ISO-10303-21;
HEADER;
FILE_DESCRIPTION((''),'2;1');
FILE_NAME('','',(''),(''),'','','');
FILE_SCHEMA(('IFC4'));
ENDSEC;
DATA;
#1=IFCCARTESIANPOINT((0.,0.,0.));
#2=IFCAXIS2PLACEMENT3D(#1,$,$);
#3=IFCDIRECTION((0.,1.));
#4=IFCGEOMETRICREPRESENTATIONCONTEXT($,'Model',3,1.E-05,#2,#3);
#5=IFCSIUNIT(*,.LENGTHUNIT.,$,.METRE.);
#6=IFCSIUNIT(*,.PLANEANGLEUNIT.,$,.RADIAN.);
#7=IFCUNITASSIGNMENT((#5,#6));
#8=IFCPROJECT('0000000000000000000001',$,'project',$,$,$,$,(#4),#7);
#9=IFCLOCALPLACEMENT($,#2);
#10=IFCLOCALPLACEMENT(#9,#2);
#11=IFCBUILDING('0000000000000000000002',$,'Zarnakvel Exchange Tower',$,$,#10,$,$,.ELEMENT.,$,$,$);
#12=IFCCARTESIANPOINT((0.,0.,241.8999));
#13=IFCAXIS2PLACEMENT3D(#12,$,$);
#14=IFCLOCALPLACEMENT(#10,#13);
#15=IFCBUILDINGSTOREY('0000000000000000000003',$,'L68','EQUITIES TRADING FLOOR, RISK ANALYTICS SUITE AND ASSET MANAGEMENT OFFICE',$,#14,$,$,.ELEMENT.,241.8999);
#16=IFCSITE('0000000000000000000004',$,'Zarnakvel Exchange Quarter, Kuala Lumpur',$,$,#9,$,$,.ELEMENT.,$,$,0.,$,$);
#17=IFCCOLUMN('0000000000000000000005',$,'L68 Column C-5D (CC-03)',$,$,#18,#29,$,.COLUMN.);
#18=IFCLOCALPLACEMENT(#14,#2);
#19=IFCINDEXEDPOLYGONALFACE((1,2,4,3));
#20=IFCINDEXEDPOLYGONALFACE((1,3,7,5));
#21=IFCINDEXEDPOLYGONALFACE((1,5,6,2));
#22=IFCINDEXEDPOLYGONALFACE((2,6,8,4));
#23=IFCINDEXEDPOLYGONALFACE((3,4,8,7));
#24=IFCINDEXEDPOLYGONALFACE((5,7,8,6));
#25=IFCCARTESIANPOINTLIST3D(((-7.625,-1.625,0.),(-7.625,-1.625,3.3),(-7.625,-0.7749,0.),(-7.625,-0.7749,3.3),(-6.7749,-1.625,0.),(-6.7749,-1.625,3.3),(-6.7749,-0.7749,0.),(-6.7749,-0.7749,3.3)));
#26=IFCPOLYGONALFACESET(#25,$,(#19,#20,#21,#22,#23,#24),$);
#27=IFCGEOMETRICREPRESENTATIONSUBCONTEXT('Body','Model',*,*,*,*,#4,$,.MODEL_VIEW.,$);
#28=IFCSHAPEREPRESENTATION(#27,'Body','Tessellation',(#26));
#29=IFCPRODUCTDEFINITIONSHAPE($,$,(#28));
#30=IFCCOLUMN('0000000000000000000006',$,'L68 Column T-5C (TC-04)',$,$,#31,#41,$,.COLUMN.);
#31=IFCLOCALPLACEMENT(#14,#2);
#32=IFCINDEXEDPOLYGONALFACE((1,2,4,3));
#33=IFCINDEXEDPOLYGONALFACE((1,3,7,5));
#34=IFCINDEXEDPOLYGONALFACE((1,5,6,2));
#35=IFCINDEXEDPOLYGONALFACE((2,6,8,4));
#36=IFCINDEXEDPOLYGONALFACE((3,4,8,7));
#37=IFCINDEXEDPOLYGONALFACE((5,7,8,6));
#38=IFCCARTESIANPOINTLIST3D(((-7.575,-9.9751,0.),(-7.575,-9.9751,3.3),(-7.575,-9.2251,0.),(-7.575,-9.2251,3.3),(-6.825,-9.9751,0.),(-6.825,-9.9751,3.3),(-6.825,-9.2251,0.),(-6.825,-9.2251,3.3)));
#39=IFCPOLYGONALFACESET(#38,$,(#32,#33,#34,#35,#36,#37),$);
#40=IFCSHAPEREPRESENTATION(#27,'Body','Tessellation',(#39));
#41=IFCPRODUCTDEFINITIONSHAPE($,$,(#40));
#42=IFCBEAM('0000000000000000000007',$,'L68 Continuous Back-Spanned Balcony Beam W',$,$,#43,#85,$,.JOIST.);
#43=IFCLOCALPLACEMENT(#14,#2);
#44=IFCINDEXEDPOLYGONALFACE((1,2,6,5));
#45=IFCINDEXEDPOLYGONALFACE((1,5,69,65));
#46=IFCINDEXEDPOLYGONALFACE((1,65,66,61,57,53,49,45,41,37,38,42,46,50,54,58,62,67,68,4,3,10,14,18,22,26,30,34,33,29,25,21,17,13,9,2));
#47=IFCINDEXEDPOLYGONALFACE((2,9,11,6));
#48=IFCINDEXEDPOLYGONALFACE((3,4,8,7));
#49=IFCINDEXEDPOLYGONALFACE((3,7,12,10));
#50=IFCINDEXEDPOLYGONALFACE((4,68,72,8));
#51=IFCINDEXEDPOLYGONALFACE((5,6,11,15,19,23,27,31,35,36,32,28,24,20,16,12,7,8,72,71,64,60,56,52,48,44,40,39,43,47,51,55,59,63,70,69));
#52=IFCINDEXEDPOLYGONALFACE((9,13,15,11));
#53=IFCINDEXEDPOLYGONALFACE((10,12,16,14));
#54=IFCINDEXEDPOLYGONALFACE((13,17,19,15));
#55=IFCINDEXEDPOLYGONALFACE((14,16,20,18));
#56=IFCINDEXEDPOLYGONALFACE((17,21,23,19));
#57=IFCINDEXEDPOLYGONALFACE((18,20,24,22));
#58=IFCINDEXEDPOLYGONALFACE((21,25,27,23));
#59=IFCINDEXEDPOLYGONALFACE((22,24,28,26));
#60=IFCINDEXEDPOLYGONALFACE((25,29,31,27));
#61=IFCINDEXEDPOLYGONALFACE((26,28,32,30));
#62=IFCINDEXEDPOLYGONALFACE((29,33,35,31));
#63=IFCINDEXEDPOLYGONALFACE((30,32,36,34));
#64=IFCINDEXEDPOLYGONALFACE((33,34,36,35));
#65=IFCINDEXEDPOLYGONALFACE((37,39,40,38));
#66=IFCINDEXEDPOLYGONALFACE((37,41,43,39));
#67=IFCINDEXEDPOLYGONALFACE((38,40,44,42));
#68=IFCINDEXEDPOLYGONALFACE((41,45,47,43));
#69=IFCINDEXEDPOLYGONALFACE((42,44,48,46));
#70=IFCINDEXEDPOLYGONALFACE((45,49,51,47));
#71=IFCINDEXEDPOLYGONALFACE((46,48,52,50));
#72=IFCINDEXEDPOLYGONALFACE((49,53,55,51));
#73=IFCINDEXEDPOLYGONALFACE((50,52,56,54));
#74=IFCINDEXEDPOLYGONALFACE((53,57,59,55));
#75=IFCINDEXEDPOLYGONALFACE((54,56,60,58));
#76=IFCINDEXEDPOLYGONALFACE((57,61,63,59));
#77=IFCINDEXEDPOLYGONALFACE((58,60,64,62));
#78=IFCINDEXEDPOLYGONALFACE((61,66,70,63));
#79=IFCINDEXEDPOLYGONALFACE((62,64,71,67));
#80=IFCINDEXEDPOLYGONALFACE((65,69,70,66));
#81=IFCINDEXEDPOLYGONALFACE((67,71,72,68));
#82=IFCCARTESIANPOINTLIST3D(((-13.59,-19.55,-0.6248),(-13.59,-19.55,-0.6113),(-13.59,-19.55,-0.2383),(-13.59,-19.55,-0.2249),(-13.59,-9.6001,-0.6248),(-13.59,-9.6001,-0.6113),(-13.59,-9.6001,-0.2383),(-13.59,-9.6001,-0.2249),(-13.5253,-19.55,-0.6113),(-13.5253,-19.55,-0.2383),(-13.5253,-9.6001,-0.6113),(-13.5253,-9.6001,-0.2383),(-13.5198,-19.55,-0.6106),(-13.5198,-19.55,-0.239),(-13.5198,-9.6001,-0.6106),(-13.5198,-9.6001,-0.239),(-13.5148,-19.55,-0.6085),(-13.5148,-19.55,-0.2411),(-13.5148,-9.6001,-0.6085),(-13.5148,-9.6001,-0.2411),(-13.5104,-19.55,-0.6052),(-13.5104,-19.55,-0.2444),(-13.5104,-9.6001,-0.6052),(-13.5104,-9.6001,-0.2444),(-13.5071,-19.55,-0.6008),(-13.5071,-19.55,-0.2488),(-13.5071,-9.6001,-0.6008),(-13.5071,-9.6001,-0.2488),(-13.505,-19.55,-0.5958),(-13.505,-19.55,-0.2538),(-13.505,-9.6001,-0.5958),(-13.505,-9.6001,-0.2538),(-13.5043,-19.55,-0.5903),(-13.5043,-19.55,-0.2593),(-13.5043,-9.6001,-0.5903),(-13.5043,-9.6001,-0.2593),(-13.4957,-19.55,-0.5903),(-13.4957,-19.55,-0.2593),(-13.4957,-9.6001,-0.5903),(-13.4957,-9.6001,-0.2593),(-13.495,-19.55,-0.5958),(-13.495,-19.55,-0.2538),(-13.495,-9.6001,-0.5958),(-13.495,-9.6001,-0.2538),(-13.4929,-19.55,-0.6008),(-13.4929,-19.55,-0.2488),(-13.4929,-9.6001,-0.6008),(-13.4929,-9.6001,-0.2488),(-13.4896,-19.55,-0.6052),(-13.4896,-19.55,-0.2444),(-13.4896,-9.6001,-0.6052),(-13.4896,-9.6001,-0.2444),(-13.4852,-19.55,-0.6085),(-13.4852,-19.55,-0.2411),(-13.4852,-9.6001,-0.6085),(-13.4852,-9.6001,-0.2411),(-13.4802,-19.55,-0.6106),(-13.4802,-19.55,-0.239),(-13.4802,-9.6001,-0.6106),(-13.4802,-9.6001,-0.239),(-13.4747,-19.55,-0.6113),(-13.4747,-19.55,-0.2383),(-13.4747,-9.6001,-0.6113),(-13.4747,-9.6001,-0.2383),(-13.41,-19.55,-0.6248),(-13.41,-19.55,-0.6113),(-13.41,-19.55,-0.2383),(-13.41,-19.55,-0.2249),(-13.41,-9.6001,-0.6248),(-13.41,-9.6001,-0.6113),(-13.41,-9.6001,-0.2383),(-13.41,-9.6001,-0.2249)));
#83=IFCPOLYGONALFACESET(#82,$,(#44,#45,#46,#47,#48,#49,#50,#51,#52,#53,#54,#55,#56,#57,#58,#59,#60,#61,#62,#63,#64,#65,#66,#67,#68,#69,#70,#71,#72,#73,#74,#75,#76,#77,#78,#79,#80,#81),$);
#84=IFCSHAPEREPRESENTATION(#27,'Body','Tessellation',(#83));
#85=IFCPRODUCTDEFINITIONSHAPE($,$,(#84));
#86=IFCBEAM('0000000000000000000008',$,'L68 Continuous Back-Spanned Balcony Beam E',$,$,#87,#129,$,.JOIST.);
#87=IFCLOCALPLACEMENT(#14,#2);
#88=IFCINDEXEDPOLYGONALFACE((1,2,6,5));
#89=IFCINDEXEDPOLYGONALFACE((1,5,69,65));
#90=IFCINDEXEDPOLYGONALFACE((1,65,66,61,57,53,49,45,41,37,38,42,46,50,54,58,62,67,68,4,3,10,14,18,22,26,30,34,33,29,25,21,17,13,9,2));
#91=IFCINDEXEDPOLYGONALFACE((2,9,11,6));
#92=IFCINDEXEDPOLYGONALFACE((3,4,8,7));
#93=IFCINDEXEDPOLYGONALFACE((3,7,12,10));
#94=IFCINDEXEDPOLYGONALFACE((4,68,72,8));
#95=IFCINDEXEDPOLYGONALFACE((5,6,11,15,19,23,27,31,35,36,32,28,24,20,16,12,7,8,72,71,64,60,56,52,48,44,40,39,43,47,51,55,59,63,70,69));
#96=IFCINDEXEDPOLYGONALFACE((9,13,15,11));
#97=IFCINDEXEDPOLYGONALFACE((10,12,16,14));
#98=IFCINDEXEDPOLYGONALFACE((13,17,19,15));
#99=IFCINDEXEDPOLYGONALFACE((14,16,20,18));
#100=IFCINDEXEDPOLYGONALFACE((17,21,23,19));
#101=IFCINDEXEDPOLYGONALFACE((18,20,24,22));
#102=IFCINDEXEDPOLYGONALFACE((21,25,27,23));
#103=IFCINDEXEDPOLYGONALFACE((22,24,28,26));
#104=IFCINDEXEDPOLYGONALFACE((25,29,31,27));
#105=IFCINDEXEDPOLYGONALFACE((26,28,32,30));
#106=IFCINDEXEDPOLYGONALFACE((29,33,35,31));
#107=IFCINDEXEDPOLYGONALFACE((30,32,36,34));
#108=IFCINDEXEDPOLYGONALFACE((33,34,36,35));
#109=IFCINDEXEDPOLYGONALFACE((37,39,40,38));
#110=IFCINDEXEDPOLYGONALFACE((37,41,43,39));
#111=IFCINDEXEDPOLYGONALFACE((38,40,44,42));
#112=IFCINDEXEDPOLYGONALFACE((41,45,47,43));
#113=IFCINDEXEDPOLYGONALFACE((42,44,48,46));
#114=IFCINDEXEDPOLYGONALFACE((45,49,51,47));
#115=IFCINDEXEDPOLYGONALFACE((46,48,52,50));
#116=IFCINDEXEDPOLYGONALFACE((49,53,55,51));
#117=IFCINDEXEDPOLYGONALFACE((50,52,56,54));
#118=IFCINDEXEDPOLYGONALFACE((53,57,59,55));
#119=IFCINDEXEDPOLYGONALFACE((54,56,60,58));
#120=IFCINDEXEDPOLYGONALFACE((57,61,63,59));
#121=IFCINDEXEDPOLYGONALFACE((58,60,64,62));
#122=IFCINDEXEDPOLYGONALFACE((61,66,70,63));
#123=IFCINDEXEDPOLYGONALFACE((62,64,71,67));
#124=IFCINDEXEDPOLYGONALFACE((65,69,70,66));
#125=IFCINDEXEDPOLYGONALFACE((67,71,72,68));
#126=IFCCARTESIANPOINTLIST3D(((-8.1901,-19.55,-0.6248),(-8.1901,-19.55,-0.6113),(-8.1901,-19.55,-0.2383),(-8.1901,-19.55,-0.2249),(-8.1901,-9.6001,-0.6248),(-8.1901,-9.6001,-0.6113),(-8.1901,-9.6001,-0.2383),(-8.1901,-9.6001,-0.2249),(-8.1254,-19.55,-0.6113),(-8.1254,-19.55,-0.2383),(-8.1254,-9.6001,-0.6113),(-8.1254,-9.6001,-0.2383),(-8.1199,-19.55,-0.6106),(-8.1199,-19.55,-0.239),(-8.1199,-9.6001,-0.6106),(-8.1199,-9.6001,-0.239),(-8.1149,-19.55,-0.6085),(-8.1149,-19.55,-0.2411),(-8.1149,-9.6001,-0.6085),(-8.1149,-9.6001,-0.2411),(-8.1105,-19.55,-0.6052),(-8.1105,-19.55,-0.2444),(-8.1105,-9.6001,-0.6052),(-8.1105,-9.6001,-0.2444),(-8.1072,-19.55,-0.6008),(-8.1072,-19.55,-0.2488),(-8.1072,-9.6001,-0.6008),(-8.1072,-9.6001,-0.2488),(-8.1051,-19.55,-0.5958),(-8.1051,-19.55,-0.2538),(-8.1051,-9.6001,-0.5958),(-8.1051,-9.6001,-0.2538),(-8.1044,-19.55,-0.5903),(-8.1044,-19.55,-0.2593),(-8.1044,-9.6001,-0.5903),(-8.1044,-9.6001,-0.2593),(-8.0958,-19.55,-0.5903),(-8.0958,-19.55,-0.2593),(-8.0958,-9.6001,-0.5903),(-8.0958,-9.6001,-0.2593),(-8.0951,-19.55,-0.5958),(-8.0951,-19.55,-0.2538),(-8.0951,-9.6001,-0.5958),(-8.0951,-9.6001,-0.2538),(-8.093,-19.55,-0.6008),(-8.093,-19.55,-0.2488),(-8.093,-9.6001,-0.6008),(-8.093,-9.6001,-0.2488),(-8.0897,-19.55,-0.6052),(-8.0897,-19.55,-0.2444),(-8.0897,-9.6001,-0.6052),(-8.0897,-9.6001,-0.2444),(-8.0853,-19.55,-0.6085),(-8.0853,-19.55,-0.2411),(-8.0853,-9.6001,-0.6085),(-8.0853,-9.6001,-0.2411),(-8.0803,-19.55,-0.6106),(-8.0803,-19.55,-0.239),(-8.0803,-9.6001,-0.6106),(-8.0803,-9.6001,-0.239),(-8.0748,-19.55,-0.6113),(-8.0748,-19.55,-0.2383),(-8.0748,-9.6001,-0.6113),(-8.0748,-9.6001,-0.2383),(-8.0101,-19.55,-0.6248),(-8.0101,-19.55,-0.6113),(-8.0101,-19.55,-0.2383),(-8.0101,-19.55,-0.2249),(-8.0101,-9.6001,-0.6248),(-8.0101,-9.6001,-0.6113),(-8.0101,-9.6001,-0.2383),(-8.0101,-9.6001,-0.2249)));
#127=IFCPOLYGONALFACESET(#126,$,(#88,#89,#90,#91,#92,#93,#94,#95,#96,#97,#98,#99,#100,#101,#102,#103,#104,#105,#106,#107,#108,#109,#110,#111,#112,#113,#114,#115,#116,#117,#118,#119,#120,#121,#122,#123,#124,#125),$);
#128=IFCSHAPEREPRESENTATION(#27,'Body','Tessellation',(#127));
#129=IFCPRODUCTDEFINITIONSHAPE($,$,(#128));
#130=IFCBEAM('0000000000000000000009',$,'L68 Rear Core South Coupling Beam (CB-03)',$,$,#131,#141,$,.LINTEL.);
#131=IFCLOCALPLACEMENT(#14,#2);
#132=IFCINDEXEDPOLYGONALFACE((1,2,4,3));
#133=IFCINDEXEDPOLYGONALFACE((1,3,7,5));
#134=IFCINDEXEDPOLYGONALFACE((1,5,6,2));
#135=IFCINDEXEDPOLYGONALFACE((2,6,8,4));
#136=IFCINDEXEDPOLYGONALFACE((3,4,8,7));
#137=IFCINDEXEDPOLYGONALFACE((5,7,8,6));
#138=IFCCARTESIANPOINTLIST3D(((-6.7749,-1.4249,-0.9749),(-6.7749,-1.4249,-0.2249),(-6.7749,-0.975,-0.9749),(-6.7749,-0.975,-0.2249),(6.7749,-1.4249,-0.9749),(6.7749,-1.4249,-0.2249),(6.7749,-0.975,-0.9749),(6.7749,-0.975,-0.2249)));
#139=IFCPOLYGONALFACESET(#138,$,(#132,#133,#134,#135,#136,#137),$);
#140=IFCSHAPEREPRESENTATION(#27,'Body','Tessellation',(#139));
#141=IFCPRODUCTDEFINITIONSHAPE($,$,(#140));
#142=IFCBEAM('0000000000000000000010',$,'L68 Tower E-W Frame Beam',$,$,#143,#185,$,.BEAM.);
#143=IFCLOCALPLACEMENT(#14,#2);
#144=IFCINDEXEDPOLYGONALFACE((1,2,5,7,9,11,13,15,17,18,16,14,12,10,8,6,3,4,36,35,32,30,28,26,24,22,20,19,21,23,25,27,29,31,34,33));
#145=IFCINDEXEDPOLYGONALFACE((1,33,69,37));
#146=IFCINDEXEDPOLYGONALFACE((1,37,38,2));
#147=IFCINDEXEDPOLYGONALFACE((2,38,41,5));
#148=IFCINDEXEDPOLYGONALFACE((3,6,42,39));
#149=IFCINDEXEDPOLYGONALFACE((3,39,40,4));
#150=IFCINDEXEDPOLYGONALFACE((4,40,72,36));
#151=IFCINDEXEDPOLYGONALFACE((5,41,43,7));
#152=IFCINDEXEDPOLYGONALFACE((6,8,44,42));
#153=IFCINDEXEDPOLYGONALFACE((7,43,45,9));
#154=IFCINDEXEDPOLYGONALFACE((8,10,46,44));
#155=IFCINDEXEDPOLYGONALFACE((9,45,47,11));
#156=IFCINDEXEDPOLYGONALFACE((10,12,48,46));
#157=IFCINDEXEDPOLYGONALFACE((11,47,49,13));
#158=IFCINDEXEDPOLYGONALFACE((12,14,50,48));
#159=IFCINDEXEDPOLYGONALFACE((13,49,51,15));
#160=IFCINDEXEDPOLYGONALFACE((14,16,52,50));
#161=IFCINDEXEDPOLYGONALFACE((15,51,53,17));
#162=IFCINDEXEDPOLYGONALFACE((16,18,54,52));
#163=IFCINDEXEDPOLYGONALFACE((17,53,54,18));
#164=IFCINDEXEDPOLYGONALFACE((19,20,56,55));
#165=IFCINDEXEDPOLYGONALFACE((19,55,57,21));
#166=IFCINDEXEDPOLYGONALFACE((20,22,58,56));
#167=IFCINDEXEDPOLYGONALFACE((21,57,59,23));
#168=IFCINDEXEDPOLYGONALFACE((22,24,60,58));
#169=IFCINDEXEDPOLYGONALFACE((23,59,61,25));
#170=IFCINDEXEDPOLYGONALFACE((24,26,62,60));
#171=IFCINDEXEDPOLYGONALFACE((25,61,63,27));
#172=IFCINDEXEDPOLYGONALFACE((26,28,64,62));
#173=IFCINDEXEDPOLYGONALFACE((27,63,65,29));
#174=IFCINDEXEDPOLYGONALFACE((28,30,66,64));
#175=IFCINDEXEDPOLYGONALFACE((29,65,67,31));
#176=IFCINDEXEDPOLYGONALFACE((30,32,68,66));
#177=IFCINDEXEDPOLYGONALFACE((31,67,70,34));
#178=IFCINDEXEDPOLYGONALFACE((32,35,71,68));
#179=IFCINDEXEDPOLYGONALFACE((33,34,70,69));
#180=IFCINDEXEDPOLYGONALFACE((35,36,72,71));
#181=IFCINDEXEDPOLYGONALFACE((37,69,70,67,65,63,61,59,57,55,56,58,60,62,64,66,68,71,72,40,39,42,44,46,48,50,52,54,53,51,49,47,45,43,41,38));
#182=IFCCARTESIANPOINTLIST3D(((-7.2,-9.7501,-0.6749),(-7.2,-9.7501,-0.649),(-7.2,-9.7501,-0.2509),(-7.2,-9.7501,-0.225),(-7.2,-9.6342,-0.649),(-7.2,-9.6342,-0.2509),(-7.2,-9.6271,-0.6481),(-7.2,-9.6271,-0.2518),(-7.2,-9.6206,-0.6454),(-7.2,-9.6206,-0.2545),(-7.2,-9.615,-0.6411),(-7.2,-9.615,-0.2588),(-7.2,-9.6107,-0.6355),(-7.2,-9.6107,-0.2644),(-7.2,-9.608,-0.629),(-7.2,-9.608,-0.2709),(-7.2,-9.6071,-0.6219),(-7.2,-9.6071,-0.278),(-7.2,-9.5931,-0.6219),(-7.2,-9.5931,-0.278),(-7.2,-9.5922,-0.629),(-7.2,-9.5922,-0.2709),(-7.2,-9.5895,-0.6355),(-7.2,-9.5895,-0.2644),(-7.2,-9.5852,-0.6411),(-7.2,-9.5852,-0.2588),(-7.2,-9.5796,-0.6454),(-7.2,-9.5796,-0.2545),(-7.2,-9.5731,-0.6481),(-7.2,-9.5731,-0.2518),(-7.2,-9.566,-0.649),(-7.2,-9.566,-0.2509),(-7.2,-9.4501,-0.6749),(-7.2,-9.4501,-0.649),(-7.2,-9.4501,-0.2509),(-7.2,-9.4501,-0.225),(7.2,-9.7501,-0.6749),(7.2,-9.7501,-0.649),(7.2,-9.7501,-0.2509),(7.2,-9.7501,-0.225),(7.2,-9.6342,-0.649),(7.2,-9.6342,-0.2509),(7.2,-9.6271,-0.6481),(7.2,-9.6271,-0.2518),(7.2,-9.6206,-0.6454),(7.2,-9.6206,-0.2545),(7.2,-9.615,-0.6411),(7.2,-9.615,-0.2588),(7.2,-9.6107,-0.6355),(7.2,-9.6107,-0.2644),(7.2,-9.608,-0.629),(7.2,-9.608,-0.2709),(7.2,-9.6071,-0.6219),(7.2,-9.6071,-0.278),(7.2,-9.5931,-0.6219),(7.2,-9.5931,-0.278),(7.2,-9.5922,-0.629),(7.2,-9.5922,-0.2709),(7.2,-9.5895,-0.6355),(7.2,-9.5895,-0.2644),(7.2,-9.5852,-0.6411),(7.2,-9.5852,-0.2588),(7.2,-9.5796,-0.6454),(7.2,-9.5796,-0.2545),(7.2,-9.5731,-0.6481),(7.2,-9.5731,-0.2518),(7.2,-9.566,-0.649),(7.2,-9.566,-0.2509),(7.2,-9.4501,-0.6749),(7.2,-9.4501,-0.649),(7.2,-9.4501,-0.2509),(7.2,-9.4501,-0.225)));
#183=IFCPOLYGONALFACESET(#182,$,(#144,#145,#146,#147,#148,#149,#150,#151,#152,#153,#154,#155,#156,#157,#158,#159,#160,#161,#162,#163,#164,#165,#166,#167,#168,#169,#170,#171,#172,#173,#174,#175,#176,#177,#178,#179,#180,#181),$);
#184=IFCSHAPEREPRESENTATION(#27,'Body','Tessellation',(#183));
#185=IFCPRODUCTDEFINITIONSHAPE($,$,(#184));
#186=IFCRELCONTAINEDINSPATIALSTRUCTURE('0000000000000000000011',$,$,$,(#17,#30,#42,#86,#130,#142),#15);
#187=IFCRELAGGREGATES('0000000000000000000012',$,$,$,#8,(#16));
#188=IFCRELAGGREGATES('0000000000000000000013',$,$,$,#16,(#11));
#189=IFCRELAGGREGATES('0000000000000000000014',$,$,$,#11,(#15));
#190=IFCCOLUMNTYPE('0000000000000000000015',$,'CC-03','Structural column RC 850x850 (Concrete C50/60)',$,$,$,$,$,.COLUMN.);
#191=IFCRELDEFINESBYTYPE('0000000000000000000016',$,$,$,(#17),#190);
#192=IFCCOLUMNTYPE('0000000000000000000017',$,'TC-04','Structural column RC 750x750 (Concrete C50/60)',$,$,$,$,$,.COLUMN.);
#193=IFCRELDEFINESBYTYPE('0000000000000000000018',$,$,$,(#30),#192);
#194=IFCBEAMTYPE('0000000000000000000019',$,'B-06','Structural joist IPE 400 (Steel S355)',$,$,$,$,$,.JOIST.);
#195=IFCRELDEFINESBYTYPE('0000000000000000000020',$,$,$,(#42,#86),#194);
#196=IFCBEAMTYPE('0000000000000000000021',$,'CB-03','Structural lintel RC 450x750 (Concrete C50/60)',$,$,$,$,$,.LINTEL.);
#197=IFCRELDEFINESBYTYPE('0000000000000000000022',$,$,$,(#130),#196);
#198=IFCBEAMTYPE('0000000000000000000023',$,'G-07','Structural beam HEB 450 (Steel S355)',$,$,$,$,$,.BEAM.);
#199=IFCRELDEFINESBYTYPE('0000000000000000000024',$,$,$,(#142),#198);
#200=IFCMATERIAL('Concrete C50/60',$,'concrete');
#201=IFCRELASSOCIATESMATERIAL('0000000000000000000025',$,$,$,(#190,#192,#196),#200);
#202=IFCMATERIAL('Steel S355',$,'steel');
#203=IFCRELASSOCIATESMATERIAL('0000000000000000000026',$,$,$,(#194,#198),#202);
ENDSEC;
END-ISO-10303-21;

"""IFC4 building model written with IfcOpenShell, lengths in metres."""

from ifc_helpers import new_model, si_unit, direction, frame, origin, origin_2d, place, context, subcontext, project, spatial, rectangle, i_section, extrude, material, material_profile, profile_set, type_object, element, save


model = new_model("IFC4")

# Units and contexts
model_context = context("Model", 3, precision=1e-05, world=origin(), true_north=direction((0.0, 1.0)))
body_context = subcontext(model_context, "Body", "Model", "MODEL_VIEW")
ifc_project = project(units=[si_unit("LENGTHUNIT", "METRE"), si_unit("PLANEANGLEUNIT", "RADIAN")], contexts=[model_context])

# Site, building, storey
site_placement = place(None, origin())
site = spatial("IfcSite", under=ifc_project, at=site_placement, Name="Zarnakvel Exchange Quarter, Kuala Lumpur", CompositionType="ELEMENT", RefElevation=0.0)
building_placement = place(site_placement, origin())
building = spatial("IfcBuilding", under=site, at=building_placement, Name="Zarnakvel Exchange Tower", CompositionType="ELEMENT")
storey_placement = place(building_placement, frame((0.0, 0.0, 241.8999)))
storey = spatial("IfcBuildingStorey", under=building, at=storey_placement, Name="L68", Description="EQUITIES TRADING FLOOR, RISK ANALYTICS SUITE AND ASSET MANAGEMENT OFFICE", CompositionType="ELEMENT", Elevation=241.8999)

# Columns
ifc_material_1 = material(Name="Concrete C50/60", Category="concrete")
ifc_material_profile_1 = material_profile(ifc_material_1, rectangle(XDim=0.8501, YDim=0.8501, at=origin_2d()))
ifc_profile_set_1 = profile_set([ifc_material_profile_1], Name="Concrete C50/60")
column_type_1 = type_object("IfcColumnType", Name="CC-03", Description="Structural column RC 850x850 (Concrete C50/60)", PredefinedType="COLUMN", material=ifc_profile_set_1)
column_1_placement = place(storey_placement, frame((-7.2, -1.2, 0.0), z_axis=(0.0, 0.0, 1.0), x_axis=(1.0, 0.0, 0.0)))
element("IfcColumn", 1, at=column_1_placement, inside=storey, type_object=column_type_1, Name="L68 Column C-5D (CC-03)", PredefinedType="COLUMN", context=body_context, shape_type="SweptSolid", body=[
    extrude(rectangle(XDim=0.8501, YDim=0.8501, at=origin_2d()), origin(), (0.0, 0.0, 1.0), 3.3),
])
ifc_material_profile_2 = material_profile(ifc_material_1, rectangle(XDim=0.75, YDim=0.75, at=origin_2d()))
ifc_profile_set_2 = profile_set([ifc_material_profile_2], Name="Concrete C50/60")
column_type_2 = type_object("IfcColumnType", Name="TC-04", Description="Structural column RC 750x750 (Concrete C50/60)", PredefinedType="COLUMN", material=ifc_profile_set_2)
column_2_placement = place(storey_placement, frame((-7.2, -9.6001, 0.0), z_axis=(0.0, 0.0, 1.0), x_axis=(1.0, 0.0, 0.0)))
element("IfcColumn", 2, at=column_2_placement, inside=storey, type_object=column_type_2, Name="L68 Column T-5C (TC-04)", PredefinedType="COLUMN", context=body_context, shape_type="SweptSolid", body=[
    extrude(rectangle(XDim=0.75, YDim=0.75, at=origin_2d()), origin(), (0.0, 0.0, 1.0), 3.3),
])

# Beams
ifc_material_2 = material(Name="Steel S355", Category="steel")
ifc_material_profile_3 = material_profile(ifc_material_2, i_section(OverallWidth=0.1799, OverallDepth=0.3999, WebThickness=0.0085, FlangeThickness=0.0134, FilletRadius=0.021, at=origin_2d()))
ifc_profile_set_3 = profile_set([ifc_material_profile_3], Name="Steel S355")
beam_type_1 = type_object("IfcBeamType", Name="B-06", Description="Structural joist IPE 400 (Steel S355)", PredefinedType="JOIST", material=ifc_profile_set_3)
for number, where, z_axis, x_axis, name in (
    (3, (-13.5, -9.6001, -0.4248), (0.0, -1.0, 0.0), (1.0, 0.0, 0.0), "L68 Continuous Back-Spanned Balcony Beam W"),
    (4, (-8.1001, -9.6001, -0.4248), (0.0, -1.0, 0.0), (1.0, 0.0, 0.0), "L68 Continuous Back-Spanned Balcony Beam E"),
):
    element("IfcBeam", number, at=place(storey_placement, frame(where, z_axis=z_axis, x_axis=x_axis)), inside=storey, type_object=beam_type_1, Name=name, PredefinedType="JOIST", context=body_context, shape_type="SweptSolid", body=[
        extrude(i_section(OverallWidth=0.1799, OverallDepth=0.3999, WebThickness=0.0085, FlangeThickness=0.0134, FilletRadius=0.021, at=origin_2d()), origin(), (0.0, 0.0, 1.0), 9.95),
    ])
ifc_material_profile_4 = material_profile(ifc_material_1, rectangle(XDim=0.45, YDim=0.75, at=origin_2d()))
ifc_profile_set_4 = profile_set([ifc_material_profile_4], Name="Concrete C50/60")
beam_type_2 = type_object("IfcBeamType", Name="CB-03", Description="Structural lintel RC 450x750 (Concrete C50/60)", PredefinedType="LINTEL", material=ifc_profile_set_4)
beam_1_placement = place(storey_placement, frame((-6.7749, -1.2, -0.5999), z_axis=(1.0, 0.0, 0.0), x_axis=(0.0, 1.0, 0.0)))
element("IfcBeam", 5, at=beam_1_placement, inside=storey, type_object=beam_type_2, Name="L68 Rear Core South Coupling Beam (CB-03)", PredefinedType="LINTEL", context=body_context, shape_type="SweptSolid", body=[
    extrude(rectangle(XDim=0.45, YDim=0.75, at=origin_2d()), origin(), (0.0, 0.0, 1.0), 13.5498),
])
ifc_material_profile_5 = material_profile(ifc_material_2, i_section(OverallWidth=0.3, OverallDepth=0.45, WebThickness=0.0139, FlangeThickness=0.0259, FilletRadius=0.0271, at=origin_2d()))
ifc_profile_set_5 = profile_set([ifc_material_profile_5], Name="Steel S355")
beam_type_3 = type_object("IfcBeamType", Name="G-07", Description="Structural beam HEB 450 (Steel S355)", PredefinedType="BEAM", material=ifc_profile_set_5)
beam_2_placement = place(storey_placement, frame((-7.2, -9.6001, -0.45), z_axis=(1.0, 0.0, 0.0), x_axis=(0.0, 1.0, 0.0)))
element("IfcBeam", 6, at=beam_2_placement, inside=storey, type_object=beam_type_3, Name="L68 Tower E-W Frame Beam", PredefinedType="BEAM", context=body_context, shape_type="SweptSolid", body=[
    extrude(i_section(OverallWidth=0.3, OverallDepth=0.45, WebThickness=0.0139, FlangeThickness=0.0259, FilletRadius=0.0271, at=origin_2d()), origin(), (0.0, 0.0, 1.0), 14.3999),
])

save(model, "model.ifc")
